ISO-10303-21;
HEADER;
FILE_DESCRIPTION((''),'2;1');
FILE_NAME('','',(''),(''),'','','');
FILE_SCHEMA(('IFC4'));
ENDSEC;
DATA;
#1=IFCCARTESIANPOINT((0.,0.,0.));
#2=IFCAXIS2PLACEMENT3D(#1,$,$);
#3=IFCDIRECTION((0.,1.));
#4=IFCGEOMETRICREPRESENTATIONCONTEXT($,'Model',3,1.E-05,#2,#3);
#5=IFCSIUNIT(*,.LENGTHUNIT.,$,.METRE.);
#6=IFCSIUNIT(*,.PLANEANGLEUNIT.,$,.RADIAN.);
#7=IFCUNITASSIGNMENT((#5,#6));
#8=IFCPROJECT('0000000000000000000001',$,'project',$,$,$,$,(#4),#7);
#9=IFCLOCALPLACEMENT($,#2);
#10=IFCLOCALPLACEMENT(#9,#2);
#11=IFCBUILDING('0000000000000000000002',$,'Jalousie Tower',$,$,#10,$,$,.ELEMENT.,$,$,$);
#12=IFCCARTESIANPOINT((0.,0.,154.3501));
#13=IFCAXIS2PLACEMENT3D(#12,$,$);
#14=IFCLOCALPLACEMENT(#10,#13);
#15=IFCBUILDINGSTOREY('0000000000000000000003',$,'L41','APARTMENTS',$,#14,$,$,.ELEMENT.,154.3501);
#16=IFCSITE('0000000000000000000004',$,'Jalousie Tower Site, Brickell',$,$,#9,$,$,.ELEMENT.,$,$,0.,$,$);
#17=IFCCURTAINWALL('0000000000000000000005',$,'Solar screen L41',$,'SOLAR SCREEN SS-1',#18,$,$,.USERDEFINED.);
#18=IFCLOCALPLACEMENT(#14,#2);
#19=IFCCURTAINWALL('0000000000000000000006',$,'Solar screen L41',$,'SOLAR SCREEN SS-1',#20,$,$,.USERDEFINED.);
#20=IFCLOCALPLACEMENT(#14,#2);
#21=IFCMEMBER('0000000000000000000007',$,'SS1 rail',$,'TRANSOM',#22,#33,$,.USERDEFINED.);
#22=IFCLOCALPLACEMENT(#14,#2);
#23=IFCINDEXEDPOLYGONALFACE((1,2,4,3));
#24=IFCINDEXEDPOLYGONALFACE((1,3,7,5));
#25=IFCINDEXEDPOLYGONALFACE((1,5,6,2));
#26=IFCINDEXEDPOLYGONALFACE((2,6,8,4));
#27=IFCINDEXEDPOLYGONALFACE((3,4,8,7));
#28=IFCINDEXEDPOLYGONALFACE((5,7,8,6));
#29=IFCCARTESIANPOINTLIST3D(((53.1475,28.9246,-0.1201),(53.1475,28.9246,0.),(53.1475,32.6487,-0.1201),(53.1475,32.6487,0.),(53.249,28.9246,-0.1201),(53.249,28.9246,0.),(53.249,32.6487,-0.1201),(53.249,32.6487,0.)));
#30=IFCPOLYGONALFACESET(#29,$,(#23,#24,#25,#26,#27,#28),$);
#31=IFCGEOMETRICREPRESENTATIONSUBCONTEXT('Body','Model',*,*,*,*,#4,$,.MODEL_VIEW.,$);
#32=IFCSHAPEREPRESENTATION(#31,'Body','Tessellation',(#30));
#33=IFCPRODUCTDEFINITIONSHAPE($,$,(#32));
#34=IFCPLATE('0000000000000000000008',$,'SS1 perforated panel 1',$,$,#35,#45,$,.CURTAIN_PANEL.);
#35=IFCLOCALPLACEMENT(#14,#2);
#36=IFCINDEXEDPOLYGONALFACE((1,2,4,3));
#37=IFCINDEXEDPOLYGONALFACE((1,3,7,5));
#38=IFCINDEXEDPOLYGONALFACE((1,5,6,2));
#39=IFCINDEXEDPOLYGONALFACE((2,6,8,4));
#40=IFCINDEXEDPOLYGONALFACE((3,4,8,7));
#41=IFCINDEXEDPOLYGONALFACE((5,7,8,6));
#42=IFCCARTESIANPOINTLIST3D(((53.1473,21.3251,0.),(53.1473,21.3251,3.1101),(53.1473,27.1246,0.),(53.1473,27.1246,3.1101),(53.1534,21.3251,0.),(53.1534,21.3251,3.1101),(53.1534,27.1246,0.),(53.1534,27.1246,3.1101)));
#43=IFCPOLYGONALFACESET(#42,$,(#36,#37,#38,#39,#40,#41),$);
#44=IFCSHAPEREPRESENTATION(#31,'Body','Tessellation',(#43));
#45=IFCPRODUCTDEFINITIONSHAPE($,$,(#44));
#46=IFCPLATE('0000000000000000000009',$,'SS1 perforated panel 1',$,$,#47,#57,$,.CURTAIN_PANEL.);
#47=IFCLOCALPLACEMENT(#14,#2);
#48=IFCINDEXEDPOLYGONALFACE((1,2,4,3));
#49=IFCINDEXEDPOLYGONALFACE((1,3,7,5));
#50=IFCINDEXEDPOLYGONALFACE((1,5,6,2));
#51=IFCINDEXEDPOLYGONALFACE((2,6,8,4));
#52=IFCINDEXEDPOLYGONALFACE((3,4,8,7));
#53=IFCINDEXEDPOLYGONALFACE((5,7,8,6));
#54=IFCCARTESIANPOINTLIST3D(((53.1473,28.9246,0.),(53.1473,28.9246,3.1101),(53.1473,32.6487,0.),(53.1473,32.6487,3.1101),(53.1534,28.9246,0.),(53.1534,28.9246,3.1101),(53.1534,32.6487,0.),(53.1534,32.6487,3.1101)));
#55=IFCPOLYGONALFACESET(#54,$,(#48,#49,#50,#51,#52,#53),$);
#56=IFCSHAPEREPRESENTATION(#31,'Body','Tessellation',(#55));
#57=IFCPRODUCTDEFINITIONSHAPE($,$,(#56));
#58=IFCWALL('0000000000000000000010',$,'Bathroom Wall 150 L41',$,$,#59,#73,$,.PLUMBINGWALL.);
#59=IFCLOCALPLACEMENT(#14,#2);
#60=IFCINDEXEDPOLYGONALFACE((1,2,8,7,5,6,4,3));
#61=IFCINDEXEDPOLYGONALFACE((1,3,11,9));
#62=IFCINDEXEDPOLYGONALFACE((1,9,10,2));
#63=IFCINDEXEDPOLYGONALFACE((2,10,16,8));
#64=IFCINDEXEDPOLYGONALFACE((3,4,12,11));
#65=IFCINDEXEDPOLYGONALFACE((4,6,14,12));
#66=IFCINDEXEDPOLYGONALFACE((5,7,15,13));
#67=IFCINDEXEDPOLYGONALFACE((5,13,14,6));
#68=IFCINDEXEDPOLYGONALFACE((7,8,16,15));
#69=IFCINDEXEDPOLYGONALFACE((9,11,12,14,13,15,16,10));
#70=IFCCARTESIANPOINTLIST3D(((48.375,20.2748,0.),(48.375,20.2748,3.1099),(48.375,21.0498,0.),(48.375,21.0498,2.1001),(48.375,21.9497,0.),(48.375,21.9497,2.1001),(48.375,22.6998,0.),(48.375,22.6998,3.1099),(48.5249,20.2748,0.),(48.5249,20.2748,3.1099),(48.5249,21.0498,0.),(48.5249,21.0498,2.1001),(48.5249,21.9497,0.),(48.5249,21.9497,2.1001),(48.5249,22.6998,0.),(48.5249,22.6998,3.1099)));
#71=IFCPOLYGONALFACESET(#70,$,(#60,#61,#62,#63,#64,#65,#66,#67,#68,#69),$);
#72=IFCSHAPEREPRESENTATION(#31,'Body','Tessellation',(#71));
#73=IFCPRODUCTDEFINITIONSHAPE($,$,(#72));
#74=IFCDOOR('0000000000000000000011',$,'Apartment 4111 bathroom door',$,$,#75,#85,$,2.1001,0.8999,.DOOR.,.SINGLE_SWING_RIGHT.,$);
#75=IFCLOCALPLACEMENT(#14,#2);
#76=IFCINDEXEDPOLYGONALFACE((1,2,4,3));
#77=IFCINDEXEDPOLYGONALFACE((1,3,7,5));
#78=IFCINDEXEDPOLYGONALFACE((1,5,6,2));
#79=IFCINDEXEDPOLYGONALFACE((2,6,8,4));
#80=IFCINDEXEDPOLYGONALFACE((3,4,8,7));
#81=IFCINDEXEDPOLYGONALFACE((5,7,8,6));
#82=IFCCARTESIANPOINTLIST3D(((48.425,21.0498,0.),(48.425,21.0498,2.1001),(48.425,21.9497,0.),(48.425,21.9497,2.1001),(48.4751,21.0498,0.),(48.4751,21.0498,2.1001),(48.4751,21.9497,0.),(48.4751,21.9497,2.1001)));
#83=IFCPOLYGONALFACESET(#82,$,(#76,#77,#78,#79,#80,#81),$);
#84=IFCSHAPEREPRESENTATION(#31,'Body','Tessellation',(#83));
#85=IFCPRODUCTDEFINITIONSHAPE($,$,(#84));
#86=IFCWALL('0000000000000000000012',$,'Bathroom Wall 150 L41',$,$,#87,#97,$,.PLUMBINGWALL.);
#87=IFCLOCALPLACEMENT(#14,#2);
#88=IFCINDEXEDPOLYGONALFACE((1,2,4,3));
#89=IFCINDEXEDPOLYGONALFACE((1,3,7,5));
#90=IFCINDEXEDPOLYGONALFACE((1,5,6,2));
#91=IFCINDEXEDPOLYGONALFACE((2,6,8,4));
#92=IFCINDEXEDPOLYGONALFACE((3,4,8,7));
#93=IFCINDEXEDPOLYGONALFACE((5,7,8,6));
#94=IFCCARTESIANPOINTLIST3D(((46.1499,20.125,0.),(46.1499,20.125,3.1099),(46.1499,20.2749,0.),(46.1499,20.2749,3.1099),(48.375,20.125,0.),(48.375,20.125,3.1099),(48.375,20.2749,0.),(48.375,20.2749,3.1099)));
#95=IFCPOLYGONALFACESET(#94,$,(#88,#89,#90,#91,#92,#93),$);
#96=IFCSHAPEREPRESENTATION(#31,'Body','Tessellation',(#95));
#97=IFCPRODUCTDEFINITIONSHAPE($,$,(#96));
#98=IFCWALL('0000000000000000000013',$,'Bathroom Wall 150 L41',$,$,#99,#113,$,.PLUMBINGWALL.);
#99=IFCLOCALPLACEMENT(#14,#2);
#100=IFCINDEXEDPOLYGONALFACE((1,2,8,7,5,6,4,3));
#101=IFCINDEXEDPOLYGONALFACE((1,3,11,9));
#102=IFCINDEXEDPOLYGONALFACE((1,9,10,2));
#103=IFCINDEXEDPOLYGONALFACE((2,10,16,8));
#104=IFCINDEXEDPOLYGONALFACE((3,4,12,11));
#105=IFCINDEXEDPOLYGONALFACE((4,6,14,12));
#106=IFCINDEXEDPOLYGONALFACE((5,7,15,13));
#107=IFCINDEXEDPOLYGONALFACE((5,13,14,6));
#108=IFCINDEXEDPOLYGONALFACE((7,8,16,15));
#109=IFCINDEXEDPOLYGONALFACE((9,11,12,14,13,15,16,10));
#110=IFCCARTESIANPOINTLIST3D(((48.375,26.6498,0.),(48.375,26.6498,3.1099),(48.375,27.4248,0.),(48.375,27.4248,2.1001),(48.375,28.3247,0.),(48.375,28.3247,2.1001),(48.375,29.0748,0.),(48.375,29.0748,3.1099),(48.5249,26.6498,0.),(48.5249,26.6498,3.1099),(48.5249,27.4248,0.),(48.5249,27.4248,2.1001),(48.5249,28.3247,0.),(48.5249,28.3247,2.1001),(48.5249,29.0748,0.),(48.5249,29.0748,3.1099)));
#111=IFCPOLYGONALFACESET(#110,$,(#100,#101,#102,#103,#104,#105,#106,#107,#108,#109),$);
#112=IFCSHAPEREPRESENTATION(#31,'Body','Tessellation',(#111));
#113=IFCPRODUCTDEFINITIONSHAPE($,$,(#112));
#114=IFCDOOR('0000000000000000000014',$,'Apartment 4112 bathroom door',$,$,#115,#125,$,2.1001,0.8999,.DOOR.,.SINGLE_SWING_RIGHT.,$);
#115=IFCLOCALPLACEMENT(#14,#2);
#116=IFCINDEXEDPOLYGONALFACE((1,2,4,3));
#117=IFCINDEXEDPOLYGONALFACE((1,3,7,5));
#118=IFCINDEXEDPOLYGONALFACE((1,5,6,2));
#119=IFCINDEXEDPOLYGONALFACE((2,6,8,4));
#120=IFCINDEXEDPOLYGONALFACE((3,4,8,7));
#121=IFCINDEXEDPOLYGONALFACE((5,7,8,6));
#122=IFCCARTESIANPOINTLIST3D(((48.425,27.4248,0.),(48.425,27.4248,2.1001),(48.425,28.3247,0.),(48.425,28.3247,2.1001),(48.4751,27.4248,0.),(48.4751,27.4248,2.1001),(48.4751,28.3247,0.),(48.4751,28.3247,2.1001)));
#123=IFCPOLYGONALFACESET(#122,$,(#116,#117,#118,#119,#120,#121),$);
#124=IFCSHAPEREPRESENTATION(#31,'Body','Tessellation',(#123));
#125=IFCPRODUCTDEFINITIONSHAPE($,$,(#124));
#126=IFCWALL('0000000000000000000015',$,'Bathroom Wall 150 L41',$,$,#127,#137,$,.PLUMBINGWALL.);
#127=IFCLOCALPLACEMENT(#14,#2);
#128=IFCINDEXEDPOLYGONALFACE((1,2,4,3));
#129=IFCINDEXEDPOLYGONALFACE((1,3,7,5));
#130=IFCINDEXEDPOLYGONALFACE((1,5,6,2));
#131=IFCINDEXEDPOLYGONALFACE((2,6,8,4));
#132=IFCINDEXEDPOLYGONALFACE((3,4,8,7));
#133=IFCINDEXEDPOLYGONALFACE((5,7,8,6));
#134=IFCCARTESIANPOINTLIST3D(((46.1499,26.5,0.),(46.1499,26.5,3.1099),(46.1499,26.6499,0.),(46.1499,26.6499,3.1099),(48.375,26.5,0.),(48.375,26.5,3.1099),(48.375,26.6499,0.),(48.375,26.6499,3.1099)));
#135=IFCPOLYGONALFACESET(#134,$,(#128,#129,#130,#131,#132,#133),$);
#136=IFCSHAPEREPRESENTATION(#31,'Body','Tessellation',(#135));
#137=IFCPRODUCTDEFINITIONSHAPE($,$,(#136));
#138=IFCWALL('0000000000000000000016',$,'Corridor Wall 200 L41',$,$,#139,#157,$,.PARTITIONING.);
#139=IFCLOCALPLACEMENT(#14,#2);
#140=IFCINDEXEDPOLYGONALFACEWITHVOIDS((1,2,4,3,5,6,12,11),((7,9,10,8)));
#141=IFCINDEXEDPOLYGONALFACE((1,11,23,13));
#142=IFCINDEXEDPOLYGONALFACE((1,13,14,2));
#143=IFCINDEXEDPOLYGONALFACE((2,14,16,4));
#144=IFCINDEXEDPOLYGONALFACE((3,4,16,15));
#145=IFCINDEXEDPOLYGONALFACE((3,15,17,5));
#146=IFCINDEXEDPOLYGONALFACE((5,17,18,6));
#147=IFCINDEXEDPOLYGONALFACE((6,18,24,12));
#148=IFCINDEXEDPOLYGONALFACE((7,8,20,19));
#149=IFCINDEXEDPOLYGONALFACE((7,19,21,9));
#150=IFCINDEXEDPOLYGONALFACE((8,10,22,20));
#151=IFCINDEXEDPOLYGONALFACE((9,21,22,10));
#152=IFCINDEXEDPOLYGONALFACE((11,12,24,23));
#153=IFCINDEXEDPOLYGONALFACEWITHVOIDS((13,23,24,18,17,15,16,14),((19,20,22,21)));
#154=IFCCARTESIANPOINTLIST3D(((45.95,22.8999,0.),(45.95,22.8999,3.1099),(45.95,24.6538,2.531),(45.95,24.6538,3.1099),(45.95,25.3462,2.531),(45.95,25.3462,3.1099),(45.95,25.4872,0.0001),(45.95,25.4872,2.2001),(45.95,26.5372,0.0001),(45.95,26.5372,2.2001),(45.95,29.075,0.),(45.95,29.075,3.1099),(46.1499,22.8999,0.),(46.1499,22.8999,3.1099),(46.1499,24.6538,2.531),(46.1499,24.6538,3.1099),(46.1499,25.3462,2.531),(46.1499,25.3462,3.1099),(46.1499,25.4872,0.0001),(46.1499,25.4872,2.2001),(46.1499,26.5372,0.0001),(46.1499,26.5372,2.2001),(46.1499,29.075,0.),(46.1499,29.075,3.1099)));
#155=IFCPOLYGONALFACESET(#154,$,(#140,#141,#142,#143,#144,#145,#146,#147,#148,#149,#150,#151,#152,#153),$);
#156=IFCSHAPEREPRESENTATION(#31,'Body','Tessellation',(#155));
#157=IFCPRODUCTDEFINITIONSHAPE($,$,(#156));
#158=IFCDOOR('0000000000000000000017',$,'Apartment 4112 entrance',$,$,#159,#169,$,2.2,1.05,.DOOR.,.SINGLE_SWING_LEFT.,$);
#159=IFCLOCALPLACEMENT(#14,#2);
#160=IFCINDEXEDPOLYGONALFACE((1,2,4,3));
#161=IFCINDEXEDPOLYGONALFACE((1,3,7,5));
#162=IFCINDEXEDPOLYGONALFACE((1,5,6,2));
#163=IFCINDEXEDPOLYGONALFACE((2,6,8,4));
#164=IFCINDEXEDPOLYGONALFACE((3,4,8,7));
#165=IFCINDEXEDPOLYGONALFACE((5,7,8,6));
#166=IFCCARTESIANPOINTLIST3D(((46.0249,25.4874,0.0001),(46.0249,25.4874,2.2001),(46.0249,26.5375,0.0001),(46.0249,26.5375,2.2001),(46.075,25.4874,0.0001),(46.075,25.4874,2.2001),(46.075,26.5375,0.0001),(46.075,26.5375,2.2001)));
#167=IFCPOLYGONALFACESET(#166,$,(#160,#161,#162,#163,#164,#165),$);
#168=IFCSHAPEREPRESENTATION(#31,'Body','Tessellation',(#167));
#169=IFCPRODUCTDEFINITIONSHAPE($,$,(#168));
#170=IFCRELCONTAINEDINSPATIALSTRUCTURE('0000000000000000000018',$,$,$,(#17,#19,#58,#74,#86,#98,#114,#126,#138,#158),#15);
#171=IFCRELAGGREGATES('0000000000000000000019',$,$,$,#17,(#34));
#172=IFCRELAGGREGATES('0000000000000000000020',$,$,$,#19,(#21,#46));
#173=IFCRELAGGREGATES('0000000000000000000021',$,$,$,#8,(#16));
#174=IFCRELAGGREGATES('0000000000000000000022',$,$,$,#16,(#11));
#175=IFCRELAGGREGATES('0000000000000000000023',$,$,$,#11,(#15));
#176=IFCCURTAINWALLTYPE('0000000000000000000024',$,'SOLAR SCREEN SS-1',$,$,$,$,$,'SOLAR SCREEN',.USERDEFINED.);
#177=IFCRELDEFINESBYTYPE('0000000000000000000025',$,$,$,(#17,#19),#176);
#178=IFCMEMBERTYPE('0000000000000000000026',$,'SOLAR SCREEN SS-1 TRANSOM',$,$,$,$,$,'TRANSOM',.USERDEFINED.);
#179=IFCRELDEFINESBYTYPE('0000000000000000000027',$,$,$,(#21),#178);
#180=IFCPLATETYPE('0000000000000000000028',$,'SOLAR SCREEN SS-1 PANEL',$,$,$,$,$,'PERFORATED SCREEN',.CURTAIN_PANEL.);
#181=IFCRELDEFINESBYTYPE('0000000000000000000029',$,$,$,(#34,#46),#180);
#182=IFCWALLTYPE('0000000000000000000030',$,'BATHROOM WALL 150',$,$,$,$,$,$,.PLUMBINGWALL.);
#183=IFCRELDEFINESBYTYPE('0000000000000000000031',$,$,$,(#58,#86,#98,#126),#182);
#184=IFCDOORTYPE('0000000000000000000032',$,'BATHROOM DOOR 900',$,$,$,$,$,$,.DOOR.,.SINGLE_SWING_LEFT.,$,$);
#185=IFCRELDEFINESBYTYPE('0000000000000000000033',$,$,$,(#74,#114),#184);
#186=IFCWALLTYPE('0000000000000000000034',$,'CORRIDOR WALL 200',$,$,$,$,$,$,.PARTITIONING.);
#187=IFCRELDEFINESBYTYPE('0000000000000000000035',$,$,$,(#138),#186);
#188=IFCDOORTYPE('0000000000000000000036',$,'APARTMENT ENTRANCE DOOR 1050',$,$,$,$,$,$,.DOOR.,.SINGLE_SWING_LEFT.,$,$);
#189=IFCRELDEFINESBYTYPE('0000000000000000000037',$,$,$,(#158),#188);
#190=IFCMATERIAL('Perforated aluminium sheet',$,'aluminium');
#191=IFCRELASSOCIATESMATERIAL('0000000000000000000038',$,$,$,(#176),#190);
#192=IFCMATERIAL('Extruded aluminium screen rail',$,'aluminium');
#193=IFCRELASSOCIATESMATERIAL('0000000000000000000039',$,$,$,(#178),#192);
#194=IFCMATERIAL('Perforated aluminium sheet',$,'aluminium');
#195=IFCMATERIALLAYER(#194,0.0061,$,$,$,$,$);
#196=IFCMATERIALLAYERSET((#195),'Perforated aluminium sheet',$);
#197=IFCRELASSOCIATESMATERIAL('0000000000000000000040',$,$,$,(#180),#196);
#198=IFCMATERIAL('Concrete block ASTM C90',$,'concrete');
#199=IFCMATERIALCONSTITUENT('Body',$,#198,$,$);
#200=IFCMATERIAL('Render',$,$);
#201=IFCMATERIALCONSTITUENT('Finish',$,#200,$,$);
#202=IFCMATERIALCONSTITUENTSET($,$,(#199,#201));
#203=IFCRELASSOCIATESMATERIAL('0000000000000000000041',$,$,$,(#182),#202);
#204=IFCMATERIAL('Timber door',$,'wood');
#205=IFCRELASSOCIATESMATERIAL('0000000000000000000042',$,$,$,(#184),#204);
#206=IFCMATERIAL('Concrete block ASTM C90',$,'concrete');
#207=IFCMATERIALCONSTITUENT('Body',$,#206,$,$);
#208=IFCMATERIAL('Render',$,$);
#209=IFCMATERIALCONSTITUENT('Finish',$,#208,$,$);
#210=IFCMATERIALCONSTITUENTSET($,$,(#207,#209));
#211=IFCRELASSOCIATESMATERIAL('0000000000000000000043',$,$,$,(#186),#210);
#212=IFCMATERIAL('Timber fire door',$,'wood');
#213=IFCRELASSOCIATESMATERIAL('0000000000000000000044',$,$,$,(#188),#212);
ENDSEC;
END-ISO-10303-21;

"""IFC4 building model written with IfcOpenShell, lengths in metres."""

from ifc_helpers import new_model, si_unit, direction, frame, frame_2d, origin, origin_2d, place, context, subcontext, project, spatial, polyline, rectangle, outline, extrude, material, layer, layer_set, constituent, constituent_set, material_profile, profile_set, type_object, element, fill, aggregate, save


model = new_model("IFC4")

# Units and contexts
model_context = context("Model", 3, precision=1e-05, world=origin(), true_north=direction((0.0, 1.0)))
body_context = subcontext(model_context, "Body", "Model", "MODEL_VIEW")
ifc_project = project(units=[si_unit("LENGTHUNIT", "METRE"), si_unit("PLANEANGLEUNIT", "RADIAN")], contexts=[model_context])

# Site, building, storey
site_placement = place(None, origin())
site = spatial("IfcSite", under=ifc_project, at=site_placement, Name="Jalousie Tower Site, Brickell", CompositionType="ELEMENT", RefElevation=0.0)
building_placement = place(site_placement, origin())
building = spatial("IfcBuilding", under=site, at=building_placement, Name="Jalousie Tower", CompositionType="ELEMENT")
storey_placement = place(building_placement, frame((0.0, 0.0, 154.3501)))
storey = spatial("IfcBuildingStorey", under=building, at=storey_placement, Name="L41", Description="APARTMENTS", CompositionType="ELEMENT", Elevation=154.3501)

# Curtain wall
ifc_material_1 = material(Name="Perforated aluminium sheet", Category="aluminium")
curtain_wall_type = type_object("IfcCurtainWallType", Name="SOLAR SCREEN SS-1", ElementType="SOLAR SCREEN", PredefinedType="USERDEFINED", material=ifc_material_1)
curtain_wall_1_placement = place(storey_placement, origin())
curtain_wall_1 = element("IfcCurtainWall", 1, at=curtain_wall_1_placement, inside=storey, type_object=curtain_wall_type, Name="Solar screen L41", ObjectType="SOLAR SCREEN SS-1", PredefinedType="USERDEFINED")

# Curtain wall
curtain_wall_2_placement = place(storey_placement, origin())
curtain_wall_2 = element("IfcCurtainWall", 2, at=curtain_wall_2_placement, inside=storey, type_object=curtain_wall_type, Name="Solar screen L41", ObjectType="SOLAR SCREEN SS-1", PredefinedType="USERDEFINED")

# Member
ifc_material_2 = material(Name="Extruded aluminium screen rail", Category="aluminium")
ifc_material_profile_1 = material_profile(ifc_material_2, rectangle(XDim=0.1016, YDim=0.1201, at=origin_2d()), Name="RAIL 102x120")
ifc_profile_set_1 = profile_set([ifc_material_profile_1], Name="Extruded aluminium screen rail")
member_type_1 = type_object("IfcMemberType", Name="SOLAR SCREEN SS-1 TRANSOM", ElementType="TRANSOM", PredefinedType="USERDEFINED", material=ifc_profile_set_1)
member_1_placement = place(storey_placement, frame((53.1982, 28.9246, -0.0601), z_axis=(0.0, 1.0, 0.0), x_axis=(-1.0, 0.0, 0.0)))
member_1 = element("IfcMember", 3, at=member_1_placement, type_object=member_type_1, Name="SS1 rail", ObjectType="TRANSOM", PredefinedType="USERDEFINED", context=body_context, shape_type="SweptSolid", body=[
    extrude(rectangle(XDim=0.1016, YDim=0.1201, at=origin_2d()), origin(), (0.0, 0.0, 1.0), 3.7241),
])

# Plates
ifc_material_3 = material(Name="Perforated aluminium sheet", Category="aluminium")
ifc_layer_1 = layer(ifc_material_3, 0.0061)
ifc_layer_set_1 = layer_set([ifc_layer_1], Name="Perforated aluminium sheet")
plate_type = type_object("IfcPlateType", Name="SOLAR SCREEN SS-1 PANEL", ElementType="PERFORATED SCREEN", PredefinedType="CURTAIN_PANEL", material=ifc_layer_set_1)
plate_1_placement = place(storey_placement, frame((53.1504, 24.2249, 0.0), z_axis=(0.0, 0.0, 1.0), x_axis=(0.0, 1.0, 0.0)))
plate_1 = element("IfcPlate", 4, at=plate_1_placement, type_object=plate_type, Name="SS1 perforated panel 1", PredefinedType="CURTAIN_PANEL", context=body_context, shape_type="SweptSolid", body=[
    extrude(rectangle(XDim=5.7996, YDim=0.0061, at=origin_2d()), origin(), (0.0, 0.0, 1.0), 3.1101),
])
aggregate(curtain_wall_1, [plate_1])
plate_2_placement = place(storey_placement, frame((53.1504, 30.7866, 0.0), z_axis=(0.0, 0.0, 1.0), x_axis=(0.0, 1.0, 0.0)))
plate_2 = element("IfcPlate", 5, at=plate_2_placement, type_object=plate_type, Name="SS1 perforated panel 1", PredefinedType="CURTAIN_PANEL", context=body_context, shape_type="SweptSolid", body=[
    extrude(rectangle(XDim=3.7241, YDim=0.0061, at=origin_2d()), origin(), (0.0, 0.0, 1.0), 3.1101),
])
aggregate(curtain_wall_2, [member_1, plate_2])

# Wall, opening, door
ifc_material_4 = material(Name="Concrete block ASTM C90", Category="concrete")
ifc_constituent_1 = constituent(ifc_material_4, Name="Body")
ifc_material_5 = material(Name="Render")
ifc_constituent_2 = constituent(ifc_material_5, Name="Finish")
ifc_constituent_set_1 = constituent_set(constituents=[ifc_constituent_1, ifc_constituent_2])
wall_type_1 = type_object("IfcWallType", Name="BATHROOM WALL 150", PredefinedType="PLUMBINGWALL", material=ifc_constituent_set_1)
wall_1_placement = place(storey_placement, frame((48.45, 20.2749, 0.0), z_axis=(0.0, 0.0, 1.0), x_axis=(0.0, 1.0, 0.0)))
wall_1 = element("IfcWall", 6, at=wall_1_placement, inside=storey, type_object=wall_type_1, Name="Bathroom Wall 150 L41", PredefinedType="PLUMBINGWALL", context=body_context, shape_type="SweptSolid", body=[
    extrude(rectangle(XDim=2.425, YDim=0.1499, at=frame_2d((1.2124, 0.0))), origin(), (0.0, 0.0, 1.0), 3.1099),
])
opening_1_placement = place(wall_1_placement, frame((0.7749, 0.0, 0.0)))
opening_1 = element("IfcOpeningElement", 7, at=opening_1_placement, cuts=wall_1, PredefinedType="OPENING", context=body_context, shape_type="SweptSolid", body=[
    extrude(rectangle(XDim=0.8999, YDim=2.1001, at=frame_2d((0.45, 1.05))), frame((0.0, 0.085, 0.0), z_axis=(0.0, -1.0, 0.0), x_axis=(1.0, 0.0, 0.0)), (0.0, 0.0, 1.0), 0.1699),
])
ifc_material_6 = material(Name="Timber door", Category="wood")
door_type_1 = type_object("IfcDoorType", Name="BATHROOM DOOR 900", OperationType="SINGLE_SWING_LEFT", PredefinedType="DOOR", material=ifc_material_6)
door_1_placement = place(opening_1_placement, origin())
door_1 = element("IfcDoor", 8, at=door_1_placement, inside=storey, type_object=door_type_1, Name="Apartment 4111 bathroom door", OperationType="SINGLE_SWING_RIGHT", OverallHeight=2.1001, OverallWidth=0.8999, PredefinedType="DOOR", context=body_context, shape_type="SweptSolid", body=[
    extrude(rectangle(XDim=0.8999, YDim=2.1001, at=frame_2d((0.45, 1.05))), frame((0.0, 0.0249, 0.0), z_axis=(0.0, -1.0, 0.0), x_axis=(1.0, 0.0, 0.0)), (0.0, 0.0, 1.0), 0.05),
])
fill(opening_1, door_1)

# Wall
wall_2_placement = place(storey_placement, frame((48.375, 20.2, 0.0), z_axis=(0.0, 0.0, 1.0), x_axis=(-1.0, 0.0, 0.0)))
element("IfcWall", 9, at=wall_2_placement, inside=storey, type_object=wall_type_1, Name="Bathroom Wall 150 L41", PredefinedType="PLUMBINGWALL", context=body_context, shape_type="SweptSolid", body=[
    extrude(rectangle(XDim=2.2251, YDim=0.1499, at=frame_2d((1.1125, 0.0))), origin(), (0.0, 0.0, 1.0), 3.1099),
])

# Wall, opening, door
wall_3_placement = place(storey_placement, frame((48.45, 26.6499, 0.0), z_axis=(0.0, 0.0, 1.0), x_axis=(0.0, 1.0, 0.0)))
wall_3 = element("IfcWall", 10, at=wall_3_placement, inside=storey, type_object=wall_type_1, Name="Bathroom Wall 150 L41", PredefinedType="PLUMBINGWALL", context=body_context, shape_type="SweptSolid", body=[
    extrude(rectangle(XDim=2.425, YDim=0.1499, at=frame_2d((1.2124, 0.0))), origin(), (0.0, 0.0, 1.0), 3.1099),
])
opening_2_placement = place(wall_3_placement, frame((0.7749, 0.0, 0.0)))
opening_2 = element("IfcOpeningElement", 11, at=opening_2_placement, cuts=wall_3, PredefinedType="OPENING", context=body_context, shape_type="SweptSolid", body=[
    extrude(rectangle(XDim=0.8999, YDim=2.1001, at=frame_2d((0.45, 1.05))), frame((0.0, 0.085, 0.0), z_axis=(0.0, -1.0, 0.0), x_axis=(1.0, 0.0, 0.0)), (0.0, 0.0, 1.0), 0.1699),
])
door_2_placement = place(opening_2_placement, origin())
door_2 = element("IfcDoor", 12, at=door_2_placement, inside=storey, type_object=door_type_1, Name="Apartment 4112 bathroom door", OperationType="SINGLE_SWING_RIGHT", OverallHeight=2.1001, OverallWidth=0.8999, PredefinedType="DOOR", context=body_context, shape_type="SweptSolid", body=[
    extrude(rectangle(XDim=0.8999, YDim=2.1001, at=frame_2d((0.45, 1.05))), frame((0.0, 0.0249, 0.0), z_axis=(0.0, -1.0, 0.0), x_axis=(1.0, 0.0, 0.0)), (0.0, 0.0, 1.0), 0.05),
])
fill(opening_2, door_2)

# Wall
wall_4_placement = place(storey_placement, frame((48.375, 26.575, 0.0), z_axis=(0.0, 0.0, 1.0), x_axis=(-1.0, 0.0, 0.0)))
element("IfcWall", 13, at=wall_4_placement, inside=storey, type_object=wall_type_1, Name="Bathroom Wall 150 L41", PredefinedType="PLUMBINGWALL", context=body_context, shape_type="SweptSolid", body=[
    extrude(rectangle(XDim=2.2251, YDim=0.1499, at=frame_2d((1.1125, 0.0))), origin(), (0.0, 0.0, 1.0), 3.1099),
])

# Wall, opening, door
ifc_material_7 = material(Name="Concrete block ASTM C90", Category="concrete")
ifc_constituent_3 = constituent(ifc_material_7, Name="Body")
ifc_material_8 = material(Name="Render")
ifc_constituent_4 = constituent(ifc_material_8, Name="Finish")
ifc_constituent_set_2 = constituent_set(constituents=[ifc_constituent_3, ifc_constituent_4])
wall_type_2 = type_object("IfcWallType", Name="CORRIDOR WALL 200", PredefinedType="PARTITIONING", material=ifc_constituent_set_2)
wall_5_placement = place(storey_placement, frame((46.05, 22.8999, 0.0), z_axis=(0.0, 0.0, 1.0), x_axis=(0.0, 1.0, 0.0)))
wall_5 = element("IfcWall", 14, at=wall_5_placement, inside=storey, type_object=wall_type_2, Name="Corridor Wall 200 L41", PredefinedType="PARTITIONING", context=body_context, shape_type="SweptSolid", body=[
    extrude(outline(polyline([(0.0, 0.0), (6.175, 0.0), (6.175, 3.1099), (2.4463, 3.1099), (2.4463, 2.531), (1.7539, 2.531), (1.7539, 3.1099), (0.0, 3.1099), (0.0, 0.0)])), frame((0.0, 0.1001, 0.0), z_axis=(0.0, -1.0, 0.0), x_axis=(1.0, 0.0, 0.0)), (0.0, 0.0, 1.0), 0.2),
])
opening_3_placement = place(wall_5_placement, frame((2.5874, 0.0, 0.0)))
opening_3 = element("IfcOpeningElement", 15, at=opening_3_placement, cuts=wall_5, PredefinedType="OPENING", context=body_context, shape_type="SweptSolid", body=[
    extrude(rectangle(XDim=1.05, YDim=2.2, at=frame_2d((0.5249, 1.1001))), frame((0.0, 0.1099, 0.0), z_axis=(0.0, -1.0, 0.0), x_axis=(1.0, 0.0, 0.0)), (0.0, 0.0, 1.0), 0.22),
])
ifc_material_9 = material(Name="Timber fire door", Category="wood")
door_type_2 = type_object("IfcDoorType", Name="APARTMENT ENTRANCE DOOR 1050", OperationType="SINGLE_SWING_LEFT", PredefinedType="DOOR", material=ifc_material_9)
door_3_placement = place(opening_3_placement, frame((1.05, 0.0, 0.0), z_axis=(0.0, 0.0, 1.0), x_axis=(-1.0, 0.0, 0.0)))
door_3 = element("IfcDoor", 16, at=door_3_placement, inside=storey, type_object=door_type_2, Name="Apartment 4112 entrance", OperationType="SINGLE_SWING_LEFT", OverallHeight=2.2, OverallWidth=1.05, PredefinedType="DOOR", context=body_context, shape_type="SweptSolid", body=[
    extrude(rectangle(XDim=1.05, YDim=2.2, at=frame_2d((0.5249, 1.1001))), frame((0.0, 0.0249, 0.0), z_axis=(0.0, -1.0, 0.0), x_axis=(1.0, 0.0, 0.0)), (0.0, 0.0, 1.0), 0.05),
])
fill(opening_3, door_3)

save(model, "model.ifc")
